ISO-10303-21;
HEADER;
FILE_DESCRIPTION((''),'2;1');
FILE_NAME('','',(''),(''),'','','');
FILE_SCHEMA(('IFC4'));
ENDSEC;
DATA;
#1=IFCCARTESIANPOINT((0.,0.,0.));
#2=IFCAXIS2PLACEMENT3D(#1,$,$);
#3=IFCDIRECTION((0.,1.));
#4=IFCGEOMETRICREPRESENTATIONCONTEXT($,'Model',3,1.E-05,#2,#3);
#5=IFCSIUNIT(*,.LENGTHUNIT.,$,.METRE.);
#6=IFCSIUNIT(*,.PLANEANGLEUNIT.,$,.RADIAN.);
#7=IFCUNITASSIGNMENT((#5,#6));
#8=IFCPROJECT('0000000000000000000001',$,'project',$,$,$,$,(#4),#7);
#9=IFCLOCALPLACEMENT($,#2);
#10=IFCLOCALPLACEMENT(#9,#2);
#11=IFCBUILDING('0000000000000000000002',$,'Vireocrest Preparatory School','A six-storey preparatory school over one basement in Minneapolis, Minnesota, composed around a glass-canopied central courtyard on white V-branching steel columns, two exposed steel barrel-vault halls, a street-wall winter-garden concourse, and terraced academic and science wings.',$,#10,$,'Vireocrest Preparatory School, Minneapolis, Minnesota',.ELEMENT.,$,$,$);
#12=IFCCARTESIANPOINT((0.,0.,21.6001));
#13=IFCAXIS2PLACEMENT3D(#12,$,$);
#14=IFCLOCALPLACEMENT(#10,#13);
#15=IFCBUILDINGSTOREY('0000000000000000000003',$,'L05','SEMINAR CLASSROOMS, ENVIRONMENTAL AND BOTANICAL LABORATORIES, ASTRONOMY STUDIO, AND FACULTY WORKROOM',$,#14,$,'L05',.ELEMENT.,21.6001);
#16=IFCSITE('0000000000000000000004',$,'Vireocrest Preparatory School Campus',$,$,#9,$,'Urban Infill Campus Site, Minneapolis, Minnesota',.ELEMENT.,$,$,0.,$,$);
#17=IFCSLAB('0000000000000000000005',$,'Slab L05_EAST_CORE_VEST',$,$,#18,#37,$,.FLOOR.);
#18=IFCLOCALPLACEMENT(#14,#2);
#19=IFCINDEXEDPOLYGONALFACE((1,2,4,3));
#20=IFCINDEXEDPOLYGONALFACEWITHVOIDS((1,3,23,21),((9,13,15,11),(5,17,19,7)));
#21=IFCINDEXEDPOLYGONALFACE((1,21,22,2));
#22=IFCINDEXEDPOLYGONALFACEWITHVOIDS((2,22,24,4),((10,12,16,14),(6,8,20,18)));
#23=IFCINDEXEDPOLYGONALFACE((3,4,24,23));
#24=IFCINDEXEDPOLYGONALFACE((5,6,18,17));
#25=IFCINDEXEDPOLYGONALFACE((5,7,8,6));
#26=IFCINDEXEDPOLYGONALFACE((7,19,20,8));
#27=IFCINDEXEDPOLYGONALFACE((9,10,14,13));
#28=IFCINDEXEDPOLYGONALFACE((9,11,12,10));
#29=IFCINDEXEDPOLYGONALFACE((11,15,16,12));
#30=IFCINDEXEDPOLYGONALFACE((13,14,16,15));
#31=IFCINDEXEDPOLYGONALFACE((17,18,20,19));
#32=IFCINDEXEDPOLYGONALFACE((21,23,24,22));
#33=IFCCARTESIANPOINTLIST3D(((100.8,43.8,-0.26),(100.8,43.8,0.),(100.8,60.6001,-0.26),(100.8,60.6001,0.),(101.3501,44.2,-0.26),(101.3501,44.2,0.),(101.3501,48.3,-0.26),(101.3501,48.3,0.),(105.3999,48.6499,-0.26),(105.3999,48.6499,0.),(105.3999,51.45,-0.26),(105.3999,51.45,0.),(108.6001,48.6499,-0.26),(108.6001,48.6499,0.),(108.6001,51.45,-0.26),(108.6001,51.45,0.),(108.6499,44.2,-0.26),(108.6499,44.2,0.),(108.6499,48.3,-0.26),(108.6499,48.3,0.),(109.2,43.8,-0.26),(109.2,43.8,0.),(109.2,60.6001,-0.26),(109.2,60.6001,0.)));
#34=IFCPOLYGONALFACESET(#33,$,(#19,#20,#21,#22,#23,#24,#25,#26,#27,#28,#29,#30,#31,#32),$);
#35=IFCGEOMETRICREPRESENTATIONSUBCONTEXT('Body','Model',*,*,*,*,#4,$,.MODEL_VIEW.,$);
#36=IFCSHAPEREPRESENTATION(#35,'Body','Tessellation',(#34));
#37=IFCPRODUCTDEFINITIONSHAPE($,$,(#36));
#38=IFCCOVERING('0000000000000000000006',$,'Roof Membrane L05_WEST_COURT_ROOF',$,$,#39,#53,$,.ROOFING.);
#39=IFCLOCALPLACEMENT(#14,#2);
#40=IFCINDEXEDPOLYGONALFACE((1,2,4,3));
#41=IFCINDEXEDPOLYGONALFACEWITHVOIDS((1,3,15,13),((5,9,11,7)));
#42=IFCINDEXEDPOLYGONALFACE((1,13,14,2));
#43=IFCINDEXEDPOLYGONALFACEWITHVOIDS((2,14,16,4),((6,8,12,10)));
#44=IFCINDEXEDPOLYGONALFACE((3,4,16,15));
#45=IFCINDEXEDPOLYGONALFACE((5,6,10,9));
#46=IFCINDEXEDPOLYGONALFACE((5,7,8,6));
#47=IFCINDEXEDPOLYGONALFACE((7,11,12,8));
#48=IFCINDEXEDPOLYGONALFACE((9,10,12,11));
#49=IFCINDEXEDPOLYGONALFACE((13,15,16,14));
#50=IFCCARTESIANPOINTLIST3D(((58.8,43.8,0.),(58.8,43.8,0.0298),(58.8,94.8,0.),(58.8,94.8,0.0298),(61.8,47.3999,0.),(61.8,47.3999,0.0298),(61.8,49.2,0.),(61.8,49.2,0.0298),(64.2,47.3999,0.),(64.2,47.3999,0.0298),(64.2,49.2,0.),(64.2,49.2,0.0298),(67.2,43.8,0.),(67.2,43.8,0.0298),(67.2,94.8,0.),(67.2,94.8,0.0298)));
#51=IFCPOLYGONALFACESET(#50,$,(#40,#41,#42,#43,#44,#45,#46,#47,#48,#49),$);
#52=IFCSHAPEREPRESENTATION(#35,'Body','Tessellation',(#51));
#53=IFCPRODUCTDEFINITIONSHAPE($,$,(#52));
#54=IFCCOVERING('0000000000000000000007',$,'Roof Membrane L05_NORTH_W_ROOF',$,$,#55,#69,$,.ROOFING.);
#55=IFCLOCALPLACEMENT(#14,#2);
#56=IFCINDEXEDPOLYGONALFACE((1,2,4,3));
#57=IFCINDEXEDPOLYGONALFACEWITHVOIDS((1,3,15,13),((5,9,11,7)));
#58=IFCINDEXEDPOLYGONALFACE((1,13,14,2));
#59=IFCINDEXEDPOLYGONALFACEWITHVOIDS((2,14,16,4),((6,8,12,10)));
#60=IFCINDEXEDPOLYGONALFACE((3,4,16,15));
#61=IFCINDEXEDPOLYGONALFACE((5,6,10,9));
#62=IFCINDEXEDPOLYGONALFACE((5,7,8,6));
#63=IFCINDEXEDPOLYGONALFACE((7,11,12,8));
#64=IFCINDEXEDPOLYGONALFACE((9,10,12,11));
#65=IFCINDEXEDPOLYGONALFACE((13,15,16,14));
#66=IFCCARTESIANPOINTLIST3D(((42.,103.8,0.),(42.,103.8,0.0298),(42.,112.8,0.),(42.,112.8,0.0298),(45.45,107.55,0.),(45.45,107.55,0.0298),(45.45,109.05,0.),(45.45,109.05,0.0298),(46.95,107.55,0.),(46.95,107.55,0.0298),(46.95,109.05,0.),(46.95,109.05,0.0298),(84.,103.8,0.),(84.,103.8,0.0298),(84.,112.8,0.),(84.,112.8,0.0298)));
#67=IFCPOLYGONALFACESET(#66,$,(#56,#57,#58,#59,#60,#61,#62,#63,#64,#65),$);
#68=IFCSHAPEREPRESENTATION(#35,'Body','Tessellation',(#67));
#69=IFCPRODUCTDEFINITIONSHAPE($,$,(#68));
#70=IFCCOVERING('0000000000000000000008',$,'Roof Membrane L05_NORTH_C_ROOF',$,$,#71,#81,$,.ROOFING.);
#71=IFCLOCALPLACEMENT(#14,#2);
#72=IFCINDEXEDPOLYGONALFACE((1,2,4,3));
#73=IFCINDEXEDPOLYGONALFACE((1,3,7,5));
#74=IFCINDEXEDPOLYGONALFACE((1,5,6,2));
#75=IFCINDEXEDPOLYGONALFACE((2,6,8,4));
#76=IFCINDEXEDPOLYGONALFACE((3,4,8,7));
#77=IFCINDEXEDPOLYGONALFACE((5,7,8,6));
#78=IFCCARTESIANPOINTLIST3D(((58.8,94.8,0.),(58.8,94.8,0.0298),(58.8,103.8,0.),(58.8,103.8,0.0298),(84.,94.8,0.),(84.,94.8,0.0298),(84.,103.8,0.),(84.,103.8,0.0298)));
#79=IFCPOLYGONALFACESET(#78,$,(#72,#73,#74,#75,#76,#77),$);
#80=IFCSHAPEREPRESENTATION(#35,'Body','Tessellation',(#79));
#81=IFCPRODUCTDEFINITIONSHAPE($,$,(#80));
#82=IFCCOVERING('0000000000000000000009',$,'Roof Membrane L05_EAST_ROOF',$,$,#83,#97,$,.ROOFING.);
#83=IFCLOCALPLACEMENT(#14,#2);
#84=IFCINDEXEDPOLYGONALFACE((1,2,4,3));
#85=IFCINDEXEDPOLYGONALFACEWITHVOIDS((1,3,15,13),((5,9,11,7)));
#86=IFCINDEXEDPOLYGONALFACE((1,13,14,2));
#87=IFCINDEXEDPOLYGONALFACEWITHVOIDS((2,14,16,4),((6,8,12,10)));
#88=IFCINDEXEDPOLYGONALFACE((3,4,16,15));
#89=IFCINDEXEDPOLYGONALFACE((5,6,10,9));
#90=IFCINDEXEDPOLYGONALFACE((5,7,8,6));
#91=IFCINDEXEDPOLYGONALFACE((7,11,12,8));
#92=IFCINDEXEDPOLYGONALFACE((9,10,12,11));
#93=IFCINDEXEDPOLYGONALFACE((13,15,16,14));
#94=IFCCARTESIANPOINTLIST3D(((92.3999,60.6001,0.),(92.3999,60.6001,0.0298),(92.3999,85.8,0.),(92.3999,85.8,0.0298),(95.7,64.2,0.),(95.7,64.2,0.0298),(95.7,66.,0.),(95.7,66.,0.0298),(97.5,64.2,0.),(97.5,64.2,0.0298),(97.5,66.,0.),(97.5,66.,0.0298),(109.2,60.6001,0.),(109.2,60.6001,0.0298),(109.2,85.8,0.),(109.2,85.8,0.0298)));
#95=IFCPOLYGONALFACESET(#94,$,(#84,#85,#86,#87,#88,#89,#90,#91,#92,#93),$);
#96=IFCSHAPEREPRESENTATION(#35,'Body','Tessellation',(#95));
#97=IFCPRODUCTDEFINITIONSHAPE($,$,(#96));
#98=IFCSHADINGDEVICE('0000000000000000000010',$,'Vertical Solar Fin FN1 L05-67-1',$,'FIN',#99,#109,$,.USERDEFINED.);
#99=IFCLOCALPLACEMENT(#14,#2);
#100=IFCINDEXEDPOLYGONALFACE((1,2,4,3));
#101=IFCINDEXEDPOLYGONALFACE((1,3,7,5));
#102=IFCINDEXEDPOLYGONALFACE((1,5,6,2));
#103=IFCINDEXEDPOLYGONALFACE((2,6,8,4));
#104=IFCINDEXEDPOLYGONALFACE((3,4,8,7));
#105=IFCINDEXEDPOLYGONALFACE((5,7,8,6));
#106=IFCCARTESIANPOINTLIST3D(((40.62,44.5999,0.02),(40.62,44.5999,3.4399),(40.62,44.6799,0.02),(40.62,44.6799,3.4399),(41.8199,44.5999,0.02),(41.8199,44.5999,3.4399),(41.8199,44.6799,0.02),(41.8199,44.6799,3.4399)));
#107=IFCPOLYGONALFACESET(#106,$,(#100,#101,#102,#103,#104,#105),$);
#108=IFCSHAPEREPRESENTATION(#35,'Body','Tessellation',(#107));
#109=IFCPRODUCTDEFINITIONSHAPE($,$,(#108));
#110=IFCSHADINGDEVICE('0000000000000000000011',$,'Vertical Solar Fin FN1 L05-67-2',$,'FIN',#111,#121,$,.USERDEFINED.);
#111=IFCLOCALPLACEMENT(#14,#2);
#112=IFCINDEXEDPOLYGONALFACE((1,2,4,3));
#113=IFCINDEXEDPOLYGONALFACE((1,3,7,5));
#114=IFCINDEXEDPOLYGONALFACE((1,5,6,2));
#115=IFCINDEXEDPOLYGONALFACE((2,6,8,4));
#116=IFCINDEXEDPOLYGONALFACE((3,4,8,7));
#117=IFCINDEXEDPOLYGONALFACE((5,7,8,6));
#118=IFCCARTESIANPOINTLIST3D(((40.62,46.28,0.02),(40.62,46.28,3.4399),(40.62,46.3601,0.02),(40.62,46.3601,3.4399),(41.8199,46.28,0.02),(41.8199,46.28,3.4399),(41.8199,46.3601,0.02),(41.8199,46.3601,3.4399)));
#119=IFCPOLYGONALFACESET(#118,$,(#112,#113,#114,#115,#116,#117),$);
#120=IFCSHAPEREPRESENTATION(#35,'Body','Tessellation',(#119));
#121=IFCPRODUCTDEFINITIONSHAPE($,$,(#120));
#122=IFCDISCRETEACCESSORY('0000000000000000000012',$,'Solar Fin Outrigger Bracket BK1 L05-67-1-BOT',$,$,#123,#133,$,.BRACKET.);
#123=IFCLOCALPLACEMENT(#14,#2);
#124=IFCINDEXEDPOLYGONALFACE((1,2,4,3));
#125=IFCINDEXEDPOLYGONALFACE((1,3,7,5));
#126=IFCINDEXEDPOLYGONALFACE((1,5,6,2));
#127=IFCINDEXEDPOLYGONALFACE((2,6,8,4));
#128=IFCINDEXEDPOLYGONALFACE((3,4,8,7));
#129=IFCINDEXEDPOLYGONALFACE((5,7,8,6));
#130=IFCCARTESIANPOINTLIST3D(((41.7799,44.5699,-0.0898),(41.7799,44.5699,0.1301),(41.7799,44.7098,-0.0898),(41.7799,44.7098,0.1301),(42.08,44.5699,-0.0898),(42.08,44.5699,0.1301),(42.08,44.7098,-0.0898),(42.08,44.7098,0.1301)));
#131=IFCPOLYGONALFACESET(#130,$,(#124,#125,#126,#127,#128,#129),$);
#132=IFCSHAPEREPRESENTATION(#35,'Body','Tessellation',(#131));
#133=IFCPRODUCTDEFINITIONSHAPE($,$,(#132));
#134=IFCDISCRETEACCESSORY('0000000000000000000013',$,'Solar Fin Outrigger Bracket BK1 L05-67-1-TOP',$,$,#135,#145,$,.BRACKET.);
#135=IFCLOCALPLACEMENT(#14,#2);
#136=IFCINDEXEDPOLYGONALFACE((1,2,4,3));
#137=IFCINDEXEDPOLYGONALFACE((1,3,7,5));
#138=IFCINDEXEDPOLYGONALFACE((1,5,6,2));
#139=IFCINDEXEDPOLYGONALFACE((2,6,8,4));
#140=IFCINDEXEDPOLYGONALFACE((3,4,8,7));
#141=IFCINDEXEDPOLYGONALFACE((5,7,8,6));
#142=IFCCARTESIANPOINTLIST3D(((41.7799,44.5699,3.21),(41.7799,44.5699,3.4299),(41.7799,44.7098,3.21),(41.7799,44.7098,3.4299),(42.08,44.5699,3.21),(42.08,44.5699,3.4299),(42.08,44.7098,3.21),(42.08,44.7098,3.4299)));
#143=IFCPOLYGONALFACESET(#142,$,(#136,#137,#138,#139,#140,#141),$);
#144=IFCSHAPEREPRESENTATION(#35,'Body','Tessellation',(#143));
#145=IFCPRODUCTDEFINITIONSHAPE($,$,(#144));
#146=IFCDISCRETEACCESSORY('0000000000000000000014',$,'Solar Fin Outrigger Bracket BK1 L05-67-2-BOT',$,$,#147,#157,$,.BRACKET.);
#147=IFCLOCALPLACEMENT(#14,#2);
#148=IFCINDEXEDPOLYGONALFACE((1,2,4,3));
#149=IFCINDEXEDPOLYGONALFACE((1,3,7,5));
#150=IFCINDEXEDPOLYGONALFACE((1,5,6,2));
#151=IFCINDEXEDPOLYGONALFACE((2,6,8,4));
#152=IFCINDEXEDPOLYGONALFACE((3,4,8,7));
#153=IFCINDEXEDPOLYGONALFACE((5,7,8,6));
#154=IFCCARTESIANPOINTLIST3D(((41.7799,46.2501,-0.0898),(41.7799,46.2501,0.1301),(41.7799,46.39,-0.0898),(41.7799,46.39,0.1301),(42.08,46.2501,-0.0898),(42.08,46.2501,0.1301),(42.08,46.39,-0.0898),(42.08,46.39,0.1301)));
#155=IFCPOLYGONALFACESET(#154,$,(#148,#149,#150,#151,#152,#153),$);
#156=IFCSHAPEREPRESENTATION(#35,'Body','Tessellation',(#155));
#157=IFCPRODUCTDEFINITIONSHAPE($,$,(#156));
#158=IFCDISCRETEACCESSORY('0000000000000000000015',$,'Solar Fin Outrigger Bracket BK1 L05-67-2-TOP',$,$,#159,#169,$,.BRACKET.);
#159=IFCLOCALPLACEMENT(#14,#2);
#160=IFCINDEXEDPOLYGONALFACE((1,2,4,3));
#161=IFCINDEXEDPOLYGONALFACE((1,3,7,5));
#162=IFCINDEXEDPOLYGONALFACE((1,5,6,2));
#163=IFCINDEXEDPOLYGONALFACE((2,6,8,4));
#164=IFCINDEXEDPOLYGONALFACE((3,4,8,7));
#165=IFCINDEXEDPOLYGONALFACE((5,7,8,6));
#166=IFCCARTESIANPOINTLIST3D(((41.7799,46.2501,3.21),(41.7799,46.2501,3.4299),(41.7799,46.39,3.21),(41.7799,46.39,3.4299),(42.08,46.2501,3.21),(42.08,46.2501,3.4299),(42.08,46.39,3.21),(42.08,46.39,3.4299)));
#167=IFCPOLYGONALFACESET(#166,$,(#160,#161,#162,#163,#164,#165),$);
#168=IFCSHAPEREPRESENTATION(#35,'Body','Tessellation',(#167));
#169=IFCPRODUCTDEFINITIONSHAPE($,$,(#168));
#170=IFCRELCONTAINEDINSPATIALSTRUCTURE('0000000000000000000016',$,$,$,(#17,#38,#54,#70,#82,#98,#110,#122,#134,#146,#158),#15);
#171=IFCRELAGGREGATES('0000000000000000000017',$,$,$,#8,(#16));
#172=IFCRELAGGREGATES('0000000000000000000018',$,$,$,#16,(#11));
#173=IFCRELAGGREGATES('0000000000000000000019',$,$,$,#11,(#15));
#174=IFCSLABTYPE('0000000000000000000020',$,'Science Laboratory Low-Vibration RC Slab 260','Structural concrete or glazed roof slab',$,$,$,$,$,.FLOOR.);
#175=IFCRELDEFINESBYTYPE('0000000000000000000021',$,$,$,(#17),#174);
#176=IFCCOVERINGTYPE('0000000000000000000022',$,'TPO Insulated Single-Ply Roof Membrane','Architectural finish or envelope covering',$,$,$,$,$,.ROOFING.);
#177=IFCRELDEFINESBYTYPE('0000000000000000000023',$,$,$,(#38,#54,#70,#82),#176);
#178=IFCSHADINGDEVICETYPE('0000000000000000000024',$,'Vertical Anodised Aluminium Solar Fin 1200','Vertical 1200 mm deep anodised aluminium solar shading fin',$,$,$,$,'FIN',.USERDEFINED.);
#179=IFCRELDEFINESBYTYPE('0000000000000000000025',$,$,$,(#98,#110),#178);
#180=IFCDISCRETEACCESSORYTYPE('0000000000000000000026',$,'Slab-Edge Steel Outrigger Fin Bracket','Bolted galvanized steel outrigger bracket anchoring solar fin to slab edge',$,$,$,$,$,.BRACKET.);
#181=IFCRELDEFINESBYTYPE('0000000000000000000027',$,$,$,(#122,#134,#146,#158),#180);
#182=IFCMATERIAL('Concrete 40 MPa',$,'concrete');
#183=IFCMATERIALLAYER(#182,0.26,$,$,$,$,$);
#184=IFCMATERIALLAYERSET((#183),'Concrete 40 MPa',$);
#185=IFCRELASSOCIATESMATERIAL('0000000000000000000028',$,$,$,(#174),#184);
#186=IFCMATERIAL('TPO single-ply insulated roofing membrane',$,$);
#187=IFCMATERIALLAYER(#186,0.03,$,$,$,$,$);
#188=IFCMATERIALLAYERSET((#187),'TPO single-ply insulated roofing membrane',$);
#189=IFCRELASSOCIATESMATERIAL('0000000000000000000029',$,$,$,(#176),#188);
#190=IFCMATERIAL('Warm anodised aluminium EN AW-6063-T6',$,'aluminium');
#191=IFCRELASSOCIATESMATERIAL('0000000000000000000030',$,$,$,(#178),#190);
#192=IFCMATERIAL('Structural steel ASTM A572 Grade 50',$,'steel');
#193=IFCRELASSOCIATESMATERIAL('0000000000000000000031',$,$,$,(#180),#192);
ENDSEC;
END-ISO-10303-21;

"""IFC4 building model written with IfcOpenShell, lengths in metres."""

from ifc_helpers import new_model, si_unit, direction, frame, origin, origin_2d, place, context, subcontext, project, spatial, polyline, rectangle, outline, extrude, material, layer, layer_set, material_profile, profile_set, type_object, element, save


model = new_model("IFC4")

# Units and contexts
model_context = context("Model", 3, precision=1e-05, world=origin(), true_north=direction((0.0, 1.0)))
body_context = subcontext(model_context, "Body", "Model", "MODEL_VIEW")
ifc_project = project(units=[si_unit("LENGTHUNIT", "METRE"), si_unit("PLANEANGLEUNIT", "RADIAN")], contexts=[model_context])

# Site, building, storey
site_placement = place(None, origin())
site = spatial("IfcSite", under=ifc_project, at=site_placement, Name="Vireocrest Preparatory School Campus", LongName="Urban Infill Campus Site, Minneapolis, Minnesota", CompositionType="ELEMENT", RefElevation=0.0)
building_placement = place(site_placement, origin())
building = spatial("IfcBuilding", under=site, at=building_placement, Name="Vireocrest Preparatory School", Description="A six-storey preparatory school over one basement in Minneapolis, Minnesota, composed around a glass-canopied central courtyard on white V-branching steel columns, two exposed steel barrel-vault halls, a street-wall winter-garden concourse, and terraced academic and science wings.", LongName="Vireocrest Preparatory School, Minneapolis, Minnesota", CompositionType="ELEMENT")
storey_placement = place(building_placement, frame((0.0, 0.0, 21.6001)))
storey = spatial("IfcBuildingStorey", under=building, at=storey_placement, Name="L05", Description="SEMINAR CLASSROOMS, ENVIRONMENTAL AND BOTANICAL LABORATORIES, ASTRONOMY STUDIO, AND FACULTY WORKROOM", LongName="L05", CompositionType="ELEMENT", Elevation=21.6001)

# Shared definitions
ifc_material_1 = material(Name="Concrete 40 MPa", Category="concrete")

# Slab, openings
ifc_layer_1 = layer(ifc_material_1, 0.26)
ifc_layer_set_1 = layer_set([ifc_layer_1], Name="Concrete 40 MPa")
slab_type_1 = type_object("IfcSlabType", Name="Science Laboratory Low-Vibration RC Slab 260", Description="Structural concrete or glazed roof slab", PredefinedType="FLOOR", material=ifc_layer_set_1)
slab_1_placement = place(storey_placement, frame((0.0, 0.0, -0.26)))
slab_1 = element("IfcSlab", 1, at=slab_1_placement, inside=storey, type_object=slab_type_1, Name="Slab L05_EAST_CORE_VEST", PredefinedType="FLOOR", context=body_context, shape_type="SweptSolid", body=[
    extrude(outline(polyline([(100.8, 43.8), (109.2, 43.8), (109.2, 60.6001), (100.8, 60.6001), (100.8, 43.8)])), origin(), (0.0, 0.0, 1.0), 0.26),
])
opening_1_placement = place(slab_1_placement, frame((0.0, 0.0, -0.01)))
element("IfcOpeningElement", 2, at=opening_1_placement, cuts=slab_1, PredefinedType="OPENING", context=body_context, shape_type="SweptSolid", body=[
    extrude(outline(polyline([(101.3501, 44.2), (108.6499, 44.2), (108.6499, 48.3), (101.3501, 48.3), (101.3501, 44.2)])), origin(), (0.0, 0.0, 1.0), 0.28),
])
opening_2_placement = place(slab_1_placement, frame((0.0, 0.0, -0.01)))
element("IfcOpeningElement", 3, at=opening_2_placement, cuts=slab_1, PredefinedType="OPENING", context=body_context, shape_type="SweptSolid", body=[
    extrude(outline(polyline([(105.3999, 48.6499), (108.6001, 48.6499), (108.6001, 51.45), (105.3999, 51.45), (105.3999, 48.6499)])), origin(), (0.0, 0.0, 1.0), 0.28),
])

# Coverings
ifc_material_2 = material(Name="TPO single-ply insulated roofing membrane")
ifc_layer_2 = layer(ifc_material_2, 0.03)
ifc_layer_set_2 = layer_set([ifc_layer_2], Name="TPO single-ply insulated roofing membrane")
covering_type = type_object("IfcCoveringType", Name="TPO Insulated Single-Ply Roof Membrane", Description="Architectural finish or envelope covering", PredefinedType="ROOFING", material=ifc_layer_set_2)
covering_1_placement = place(storey_placement, origin())
element("IfcCovering", 4, at=covering_1_placement, inside=storey, type_object=covering_type, Name="Roof Membrane L05_WEST_COURT_ROOF", PredefinedType="ROOFING", context=body_context, shape_type="SweptSolid", body=[
    extrude(outline(polyline([(58.8, 43.8), (67.2, 43.8), (67.2, 94.8), (58.8, 94.8), (58.8, 43.8)]), holes=[polyline([(61.8, 47.3999), (64.2, 47.3999), (64.2, 49.2), (61.8, 49.2), (61.8, 47.3999)])]), origin(), (0.0, 0.0, 1.0), 0.0298),
])
covering_2_placement = place(storey_placement, origin())
element("IfcCovering", 5, at=covering_2_placement, inside=storey, type_object=covering_type, Name="Roof Membrane L05_NORTH_W_ROOF", PredefinedType="ROOFING", context=body_context, shape_type="SweptSolid", body=[
    extrude(outline(polyline([(42.0, 103.8), (84.0, 103.8), (84.0, 112.8), (42.0, 112.8), (42.0, 103.8)]), holes=[polyline([(45.45, 107.55), (46.95, 107.55), (46.95, 109.05), (45.45, 109.05), (45.45, 107.55)])]), origin(), (0.0, 0.0, 1.0), 0.0298),
])
covering_3_placement = place(storey_placement, origin())
element("IfcCovering", 6, at=covering_3_placement, inside=storey, type_object=covering_type, Name="Roof Membrane L05_NORTH_C_ROOF", PredefinedType="ROOFING", context=body_context, shape_type="SweptSolid", body=[
    extrude(outline(polyline([(58.8, 94.8), (84.0, 94.8), (84.0, 103.8), (58.8, 103.8), (58.8, 94.8)])), origin(), (0.0, 0.0, 1.0), 0.0298),
])
covering_4_placement = place(storey_placement, origin())
element("IfcCovering", 7, at=covering_4_placement, inside=storey, type_object=covering_type, Name="Roof Membrane L05_EAST_ROOF", PredefinedType="ROOFING", context=body_context, shape_type="SweptSolid", body=[
    extrude(outline(polyline([(92.3999, 60.6001), (109.2, 60.6001), (109.2, 85.8), (92.3999, 85.8), (92.3999, 60.6001)]), holes=[polyline([(95.7, 64.2), (97.5, 64.2), (97.5, 66.0), (95.7, 66.0), (95.7, 64.2)])]), origin(), (0.0, 0.0, 1.0), 0.0298),
])

# Shading devices
ifc_material_3 = material(Name="Warm anodised aluminium EN AW-6063-T6", Category="aluminium")
ifc_material_profile_1 = material_profile(ifc_material_3, rectangle(XDim=0.0801, YDim=1.2, at=origin_2d()), Name="FIN 80x1200")
ifc_profile_set_1 = profile_set([ifc_material_profile_1], Name="Warm anodised aluminium EN AW-6063-T6")
shading_device_type = type_object("IfcShadingDeviceType", Name="Vertical Anodised Aluminium Solar Fin 1200", Description="Vertical 1200 mm deep anodised aluminium solar shading fin", ElementType="FIN", PredefinedType="USERDEFINED", material=ifc_profile_set_1)
for number, where, z_axis, x_axis, name in (
    (8, (41.22, 44.6399, 0.02), (0.0, 0.0, 1.0), (0.0, 1.0, 0.0), "Vertical Solar Fin FN1 L05-67-1"),
    (9, (41.22, 46.3201, 0.02), (0.0, 0.0, 1.0), (0.0, 1.0, 0.0), "Vertical Solar Fin FN1 L05-67-2"),
):
    element("IfcShadingDevice", number, at=place(storey_placement, frame(where, z_axis=z_axis, x_axis=x_axis)), inside=storey, type_object=shading_device_type, Name=name, ObjectType="FIN", PredefinedType="USERDEFINED", context=body_context, shape_type="SweptSolid", body=[
        extrude(rectangle(XDim=0.0801, YDim=1.2, at=origin_2d()), origin(), (0.0, 0.0, 1.0), 3.4199),
    ])

# Discrete accessories
ifc_material_4 = material(Name="Structural steel ASTM A572 Grade 50", Category="steel")
discrete_accessory_type = type_object("IfcDiscreteAccessoryType", Name="Slab-Edge Steel Outrigger Fin Bracket", Description="Bolted galvanized steel outrigger bracket anchoring solar fin to slab edge", PredefinedType="BRACKET", material=ifc_material_4)
for number, where, z_axis, x_axis, name in (
    (10, (41.9299, 44.6399, -0.0898), (0.0, 0.0, 1.0), (0.0, 1.0, 0.0), "Solar Fin Outrigger Bracket BK1 L05-67-1-BOT"),
    (11, (41.9299, 44.6399, 3.21), (0.0, 0.0, 1.0), (0.0, 1.0, 0.0), "Solar Fin Outrigger Bracket BK1 L05-67-1-TOP"),
    (12, (41.9299, 46.3201, -0.0898), (0.0, 0.0, 1.0), (0.0, 1.0, 0.0), "Solar Fin Outrigger Bracket BK1 L05-67-2-BOT"),
    (13, (41.9299, 46.3201, 3.21), (0.0, 0.0, 1.0), (0.0, 1.0, 0.0), "Solar Fin Outrigger Bracket BK1 L05-67-2-TOP"),
):
    element("IfcDiscreteAccessory", number, at=place(storey_placement, frame(where, z_axis=z_axis, x_axis=x_axis)), inside=storey, type_object=discrete_accessory_type, Name=name, PredefinedType="BRACKET", context=body_context, shape_type="SweptSolid", body=[
        extrude(rectangle(XDim=0.1399, YDim=0.3, at=origin_2d()), origin(), (0.0, 0.0, 1.0), 0.22),
    ])

save(model, "model.ifc")
